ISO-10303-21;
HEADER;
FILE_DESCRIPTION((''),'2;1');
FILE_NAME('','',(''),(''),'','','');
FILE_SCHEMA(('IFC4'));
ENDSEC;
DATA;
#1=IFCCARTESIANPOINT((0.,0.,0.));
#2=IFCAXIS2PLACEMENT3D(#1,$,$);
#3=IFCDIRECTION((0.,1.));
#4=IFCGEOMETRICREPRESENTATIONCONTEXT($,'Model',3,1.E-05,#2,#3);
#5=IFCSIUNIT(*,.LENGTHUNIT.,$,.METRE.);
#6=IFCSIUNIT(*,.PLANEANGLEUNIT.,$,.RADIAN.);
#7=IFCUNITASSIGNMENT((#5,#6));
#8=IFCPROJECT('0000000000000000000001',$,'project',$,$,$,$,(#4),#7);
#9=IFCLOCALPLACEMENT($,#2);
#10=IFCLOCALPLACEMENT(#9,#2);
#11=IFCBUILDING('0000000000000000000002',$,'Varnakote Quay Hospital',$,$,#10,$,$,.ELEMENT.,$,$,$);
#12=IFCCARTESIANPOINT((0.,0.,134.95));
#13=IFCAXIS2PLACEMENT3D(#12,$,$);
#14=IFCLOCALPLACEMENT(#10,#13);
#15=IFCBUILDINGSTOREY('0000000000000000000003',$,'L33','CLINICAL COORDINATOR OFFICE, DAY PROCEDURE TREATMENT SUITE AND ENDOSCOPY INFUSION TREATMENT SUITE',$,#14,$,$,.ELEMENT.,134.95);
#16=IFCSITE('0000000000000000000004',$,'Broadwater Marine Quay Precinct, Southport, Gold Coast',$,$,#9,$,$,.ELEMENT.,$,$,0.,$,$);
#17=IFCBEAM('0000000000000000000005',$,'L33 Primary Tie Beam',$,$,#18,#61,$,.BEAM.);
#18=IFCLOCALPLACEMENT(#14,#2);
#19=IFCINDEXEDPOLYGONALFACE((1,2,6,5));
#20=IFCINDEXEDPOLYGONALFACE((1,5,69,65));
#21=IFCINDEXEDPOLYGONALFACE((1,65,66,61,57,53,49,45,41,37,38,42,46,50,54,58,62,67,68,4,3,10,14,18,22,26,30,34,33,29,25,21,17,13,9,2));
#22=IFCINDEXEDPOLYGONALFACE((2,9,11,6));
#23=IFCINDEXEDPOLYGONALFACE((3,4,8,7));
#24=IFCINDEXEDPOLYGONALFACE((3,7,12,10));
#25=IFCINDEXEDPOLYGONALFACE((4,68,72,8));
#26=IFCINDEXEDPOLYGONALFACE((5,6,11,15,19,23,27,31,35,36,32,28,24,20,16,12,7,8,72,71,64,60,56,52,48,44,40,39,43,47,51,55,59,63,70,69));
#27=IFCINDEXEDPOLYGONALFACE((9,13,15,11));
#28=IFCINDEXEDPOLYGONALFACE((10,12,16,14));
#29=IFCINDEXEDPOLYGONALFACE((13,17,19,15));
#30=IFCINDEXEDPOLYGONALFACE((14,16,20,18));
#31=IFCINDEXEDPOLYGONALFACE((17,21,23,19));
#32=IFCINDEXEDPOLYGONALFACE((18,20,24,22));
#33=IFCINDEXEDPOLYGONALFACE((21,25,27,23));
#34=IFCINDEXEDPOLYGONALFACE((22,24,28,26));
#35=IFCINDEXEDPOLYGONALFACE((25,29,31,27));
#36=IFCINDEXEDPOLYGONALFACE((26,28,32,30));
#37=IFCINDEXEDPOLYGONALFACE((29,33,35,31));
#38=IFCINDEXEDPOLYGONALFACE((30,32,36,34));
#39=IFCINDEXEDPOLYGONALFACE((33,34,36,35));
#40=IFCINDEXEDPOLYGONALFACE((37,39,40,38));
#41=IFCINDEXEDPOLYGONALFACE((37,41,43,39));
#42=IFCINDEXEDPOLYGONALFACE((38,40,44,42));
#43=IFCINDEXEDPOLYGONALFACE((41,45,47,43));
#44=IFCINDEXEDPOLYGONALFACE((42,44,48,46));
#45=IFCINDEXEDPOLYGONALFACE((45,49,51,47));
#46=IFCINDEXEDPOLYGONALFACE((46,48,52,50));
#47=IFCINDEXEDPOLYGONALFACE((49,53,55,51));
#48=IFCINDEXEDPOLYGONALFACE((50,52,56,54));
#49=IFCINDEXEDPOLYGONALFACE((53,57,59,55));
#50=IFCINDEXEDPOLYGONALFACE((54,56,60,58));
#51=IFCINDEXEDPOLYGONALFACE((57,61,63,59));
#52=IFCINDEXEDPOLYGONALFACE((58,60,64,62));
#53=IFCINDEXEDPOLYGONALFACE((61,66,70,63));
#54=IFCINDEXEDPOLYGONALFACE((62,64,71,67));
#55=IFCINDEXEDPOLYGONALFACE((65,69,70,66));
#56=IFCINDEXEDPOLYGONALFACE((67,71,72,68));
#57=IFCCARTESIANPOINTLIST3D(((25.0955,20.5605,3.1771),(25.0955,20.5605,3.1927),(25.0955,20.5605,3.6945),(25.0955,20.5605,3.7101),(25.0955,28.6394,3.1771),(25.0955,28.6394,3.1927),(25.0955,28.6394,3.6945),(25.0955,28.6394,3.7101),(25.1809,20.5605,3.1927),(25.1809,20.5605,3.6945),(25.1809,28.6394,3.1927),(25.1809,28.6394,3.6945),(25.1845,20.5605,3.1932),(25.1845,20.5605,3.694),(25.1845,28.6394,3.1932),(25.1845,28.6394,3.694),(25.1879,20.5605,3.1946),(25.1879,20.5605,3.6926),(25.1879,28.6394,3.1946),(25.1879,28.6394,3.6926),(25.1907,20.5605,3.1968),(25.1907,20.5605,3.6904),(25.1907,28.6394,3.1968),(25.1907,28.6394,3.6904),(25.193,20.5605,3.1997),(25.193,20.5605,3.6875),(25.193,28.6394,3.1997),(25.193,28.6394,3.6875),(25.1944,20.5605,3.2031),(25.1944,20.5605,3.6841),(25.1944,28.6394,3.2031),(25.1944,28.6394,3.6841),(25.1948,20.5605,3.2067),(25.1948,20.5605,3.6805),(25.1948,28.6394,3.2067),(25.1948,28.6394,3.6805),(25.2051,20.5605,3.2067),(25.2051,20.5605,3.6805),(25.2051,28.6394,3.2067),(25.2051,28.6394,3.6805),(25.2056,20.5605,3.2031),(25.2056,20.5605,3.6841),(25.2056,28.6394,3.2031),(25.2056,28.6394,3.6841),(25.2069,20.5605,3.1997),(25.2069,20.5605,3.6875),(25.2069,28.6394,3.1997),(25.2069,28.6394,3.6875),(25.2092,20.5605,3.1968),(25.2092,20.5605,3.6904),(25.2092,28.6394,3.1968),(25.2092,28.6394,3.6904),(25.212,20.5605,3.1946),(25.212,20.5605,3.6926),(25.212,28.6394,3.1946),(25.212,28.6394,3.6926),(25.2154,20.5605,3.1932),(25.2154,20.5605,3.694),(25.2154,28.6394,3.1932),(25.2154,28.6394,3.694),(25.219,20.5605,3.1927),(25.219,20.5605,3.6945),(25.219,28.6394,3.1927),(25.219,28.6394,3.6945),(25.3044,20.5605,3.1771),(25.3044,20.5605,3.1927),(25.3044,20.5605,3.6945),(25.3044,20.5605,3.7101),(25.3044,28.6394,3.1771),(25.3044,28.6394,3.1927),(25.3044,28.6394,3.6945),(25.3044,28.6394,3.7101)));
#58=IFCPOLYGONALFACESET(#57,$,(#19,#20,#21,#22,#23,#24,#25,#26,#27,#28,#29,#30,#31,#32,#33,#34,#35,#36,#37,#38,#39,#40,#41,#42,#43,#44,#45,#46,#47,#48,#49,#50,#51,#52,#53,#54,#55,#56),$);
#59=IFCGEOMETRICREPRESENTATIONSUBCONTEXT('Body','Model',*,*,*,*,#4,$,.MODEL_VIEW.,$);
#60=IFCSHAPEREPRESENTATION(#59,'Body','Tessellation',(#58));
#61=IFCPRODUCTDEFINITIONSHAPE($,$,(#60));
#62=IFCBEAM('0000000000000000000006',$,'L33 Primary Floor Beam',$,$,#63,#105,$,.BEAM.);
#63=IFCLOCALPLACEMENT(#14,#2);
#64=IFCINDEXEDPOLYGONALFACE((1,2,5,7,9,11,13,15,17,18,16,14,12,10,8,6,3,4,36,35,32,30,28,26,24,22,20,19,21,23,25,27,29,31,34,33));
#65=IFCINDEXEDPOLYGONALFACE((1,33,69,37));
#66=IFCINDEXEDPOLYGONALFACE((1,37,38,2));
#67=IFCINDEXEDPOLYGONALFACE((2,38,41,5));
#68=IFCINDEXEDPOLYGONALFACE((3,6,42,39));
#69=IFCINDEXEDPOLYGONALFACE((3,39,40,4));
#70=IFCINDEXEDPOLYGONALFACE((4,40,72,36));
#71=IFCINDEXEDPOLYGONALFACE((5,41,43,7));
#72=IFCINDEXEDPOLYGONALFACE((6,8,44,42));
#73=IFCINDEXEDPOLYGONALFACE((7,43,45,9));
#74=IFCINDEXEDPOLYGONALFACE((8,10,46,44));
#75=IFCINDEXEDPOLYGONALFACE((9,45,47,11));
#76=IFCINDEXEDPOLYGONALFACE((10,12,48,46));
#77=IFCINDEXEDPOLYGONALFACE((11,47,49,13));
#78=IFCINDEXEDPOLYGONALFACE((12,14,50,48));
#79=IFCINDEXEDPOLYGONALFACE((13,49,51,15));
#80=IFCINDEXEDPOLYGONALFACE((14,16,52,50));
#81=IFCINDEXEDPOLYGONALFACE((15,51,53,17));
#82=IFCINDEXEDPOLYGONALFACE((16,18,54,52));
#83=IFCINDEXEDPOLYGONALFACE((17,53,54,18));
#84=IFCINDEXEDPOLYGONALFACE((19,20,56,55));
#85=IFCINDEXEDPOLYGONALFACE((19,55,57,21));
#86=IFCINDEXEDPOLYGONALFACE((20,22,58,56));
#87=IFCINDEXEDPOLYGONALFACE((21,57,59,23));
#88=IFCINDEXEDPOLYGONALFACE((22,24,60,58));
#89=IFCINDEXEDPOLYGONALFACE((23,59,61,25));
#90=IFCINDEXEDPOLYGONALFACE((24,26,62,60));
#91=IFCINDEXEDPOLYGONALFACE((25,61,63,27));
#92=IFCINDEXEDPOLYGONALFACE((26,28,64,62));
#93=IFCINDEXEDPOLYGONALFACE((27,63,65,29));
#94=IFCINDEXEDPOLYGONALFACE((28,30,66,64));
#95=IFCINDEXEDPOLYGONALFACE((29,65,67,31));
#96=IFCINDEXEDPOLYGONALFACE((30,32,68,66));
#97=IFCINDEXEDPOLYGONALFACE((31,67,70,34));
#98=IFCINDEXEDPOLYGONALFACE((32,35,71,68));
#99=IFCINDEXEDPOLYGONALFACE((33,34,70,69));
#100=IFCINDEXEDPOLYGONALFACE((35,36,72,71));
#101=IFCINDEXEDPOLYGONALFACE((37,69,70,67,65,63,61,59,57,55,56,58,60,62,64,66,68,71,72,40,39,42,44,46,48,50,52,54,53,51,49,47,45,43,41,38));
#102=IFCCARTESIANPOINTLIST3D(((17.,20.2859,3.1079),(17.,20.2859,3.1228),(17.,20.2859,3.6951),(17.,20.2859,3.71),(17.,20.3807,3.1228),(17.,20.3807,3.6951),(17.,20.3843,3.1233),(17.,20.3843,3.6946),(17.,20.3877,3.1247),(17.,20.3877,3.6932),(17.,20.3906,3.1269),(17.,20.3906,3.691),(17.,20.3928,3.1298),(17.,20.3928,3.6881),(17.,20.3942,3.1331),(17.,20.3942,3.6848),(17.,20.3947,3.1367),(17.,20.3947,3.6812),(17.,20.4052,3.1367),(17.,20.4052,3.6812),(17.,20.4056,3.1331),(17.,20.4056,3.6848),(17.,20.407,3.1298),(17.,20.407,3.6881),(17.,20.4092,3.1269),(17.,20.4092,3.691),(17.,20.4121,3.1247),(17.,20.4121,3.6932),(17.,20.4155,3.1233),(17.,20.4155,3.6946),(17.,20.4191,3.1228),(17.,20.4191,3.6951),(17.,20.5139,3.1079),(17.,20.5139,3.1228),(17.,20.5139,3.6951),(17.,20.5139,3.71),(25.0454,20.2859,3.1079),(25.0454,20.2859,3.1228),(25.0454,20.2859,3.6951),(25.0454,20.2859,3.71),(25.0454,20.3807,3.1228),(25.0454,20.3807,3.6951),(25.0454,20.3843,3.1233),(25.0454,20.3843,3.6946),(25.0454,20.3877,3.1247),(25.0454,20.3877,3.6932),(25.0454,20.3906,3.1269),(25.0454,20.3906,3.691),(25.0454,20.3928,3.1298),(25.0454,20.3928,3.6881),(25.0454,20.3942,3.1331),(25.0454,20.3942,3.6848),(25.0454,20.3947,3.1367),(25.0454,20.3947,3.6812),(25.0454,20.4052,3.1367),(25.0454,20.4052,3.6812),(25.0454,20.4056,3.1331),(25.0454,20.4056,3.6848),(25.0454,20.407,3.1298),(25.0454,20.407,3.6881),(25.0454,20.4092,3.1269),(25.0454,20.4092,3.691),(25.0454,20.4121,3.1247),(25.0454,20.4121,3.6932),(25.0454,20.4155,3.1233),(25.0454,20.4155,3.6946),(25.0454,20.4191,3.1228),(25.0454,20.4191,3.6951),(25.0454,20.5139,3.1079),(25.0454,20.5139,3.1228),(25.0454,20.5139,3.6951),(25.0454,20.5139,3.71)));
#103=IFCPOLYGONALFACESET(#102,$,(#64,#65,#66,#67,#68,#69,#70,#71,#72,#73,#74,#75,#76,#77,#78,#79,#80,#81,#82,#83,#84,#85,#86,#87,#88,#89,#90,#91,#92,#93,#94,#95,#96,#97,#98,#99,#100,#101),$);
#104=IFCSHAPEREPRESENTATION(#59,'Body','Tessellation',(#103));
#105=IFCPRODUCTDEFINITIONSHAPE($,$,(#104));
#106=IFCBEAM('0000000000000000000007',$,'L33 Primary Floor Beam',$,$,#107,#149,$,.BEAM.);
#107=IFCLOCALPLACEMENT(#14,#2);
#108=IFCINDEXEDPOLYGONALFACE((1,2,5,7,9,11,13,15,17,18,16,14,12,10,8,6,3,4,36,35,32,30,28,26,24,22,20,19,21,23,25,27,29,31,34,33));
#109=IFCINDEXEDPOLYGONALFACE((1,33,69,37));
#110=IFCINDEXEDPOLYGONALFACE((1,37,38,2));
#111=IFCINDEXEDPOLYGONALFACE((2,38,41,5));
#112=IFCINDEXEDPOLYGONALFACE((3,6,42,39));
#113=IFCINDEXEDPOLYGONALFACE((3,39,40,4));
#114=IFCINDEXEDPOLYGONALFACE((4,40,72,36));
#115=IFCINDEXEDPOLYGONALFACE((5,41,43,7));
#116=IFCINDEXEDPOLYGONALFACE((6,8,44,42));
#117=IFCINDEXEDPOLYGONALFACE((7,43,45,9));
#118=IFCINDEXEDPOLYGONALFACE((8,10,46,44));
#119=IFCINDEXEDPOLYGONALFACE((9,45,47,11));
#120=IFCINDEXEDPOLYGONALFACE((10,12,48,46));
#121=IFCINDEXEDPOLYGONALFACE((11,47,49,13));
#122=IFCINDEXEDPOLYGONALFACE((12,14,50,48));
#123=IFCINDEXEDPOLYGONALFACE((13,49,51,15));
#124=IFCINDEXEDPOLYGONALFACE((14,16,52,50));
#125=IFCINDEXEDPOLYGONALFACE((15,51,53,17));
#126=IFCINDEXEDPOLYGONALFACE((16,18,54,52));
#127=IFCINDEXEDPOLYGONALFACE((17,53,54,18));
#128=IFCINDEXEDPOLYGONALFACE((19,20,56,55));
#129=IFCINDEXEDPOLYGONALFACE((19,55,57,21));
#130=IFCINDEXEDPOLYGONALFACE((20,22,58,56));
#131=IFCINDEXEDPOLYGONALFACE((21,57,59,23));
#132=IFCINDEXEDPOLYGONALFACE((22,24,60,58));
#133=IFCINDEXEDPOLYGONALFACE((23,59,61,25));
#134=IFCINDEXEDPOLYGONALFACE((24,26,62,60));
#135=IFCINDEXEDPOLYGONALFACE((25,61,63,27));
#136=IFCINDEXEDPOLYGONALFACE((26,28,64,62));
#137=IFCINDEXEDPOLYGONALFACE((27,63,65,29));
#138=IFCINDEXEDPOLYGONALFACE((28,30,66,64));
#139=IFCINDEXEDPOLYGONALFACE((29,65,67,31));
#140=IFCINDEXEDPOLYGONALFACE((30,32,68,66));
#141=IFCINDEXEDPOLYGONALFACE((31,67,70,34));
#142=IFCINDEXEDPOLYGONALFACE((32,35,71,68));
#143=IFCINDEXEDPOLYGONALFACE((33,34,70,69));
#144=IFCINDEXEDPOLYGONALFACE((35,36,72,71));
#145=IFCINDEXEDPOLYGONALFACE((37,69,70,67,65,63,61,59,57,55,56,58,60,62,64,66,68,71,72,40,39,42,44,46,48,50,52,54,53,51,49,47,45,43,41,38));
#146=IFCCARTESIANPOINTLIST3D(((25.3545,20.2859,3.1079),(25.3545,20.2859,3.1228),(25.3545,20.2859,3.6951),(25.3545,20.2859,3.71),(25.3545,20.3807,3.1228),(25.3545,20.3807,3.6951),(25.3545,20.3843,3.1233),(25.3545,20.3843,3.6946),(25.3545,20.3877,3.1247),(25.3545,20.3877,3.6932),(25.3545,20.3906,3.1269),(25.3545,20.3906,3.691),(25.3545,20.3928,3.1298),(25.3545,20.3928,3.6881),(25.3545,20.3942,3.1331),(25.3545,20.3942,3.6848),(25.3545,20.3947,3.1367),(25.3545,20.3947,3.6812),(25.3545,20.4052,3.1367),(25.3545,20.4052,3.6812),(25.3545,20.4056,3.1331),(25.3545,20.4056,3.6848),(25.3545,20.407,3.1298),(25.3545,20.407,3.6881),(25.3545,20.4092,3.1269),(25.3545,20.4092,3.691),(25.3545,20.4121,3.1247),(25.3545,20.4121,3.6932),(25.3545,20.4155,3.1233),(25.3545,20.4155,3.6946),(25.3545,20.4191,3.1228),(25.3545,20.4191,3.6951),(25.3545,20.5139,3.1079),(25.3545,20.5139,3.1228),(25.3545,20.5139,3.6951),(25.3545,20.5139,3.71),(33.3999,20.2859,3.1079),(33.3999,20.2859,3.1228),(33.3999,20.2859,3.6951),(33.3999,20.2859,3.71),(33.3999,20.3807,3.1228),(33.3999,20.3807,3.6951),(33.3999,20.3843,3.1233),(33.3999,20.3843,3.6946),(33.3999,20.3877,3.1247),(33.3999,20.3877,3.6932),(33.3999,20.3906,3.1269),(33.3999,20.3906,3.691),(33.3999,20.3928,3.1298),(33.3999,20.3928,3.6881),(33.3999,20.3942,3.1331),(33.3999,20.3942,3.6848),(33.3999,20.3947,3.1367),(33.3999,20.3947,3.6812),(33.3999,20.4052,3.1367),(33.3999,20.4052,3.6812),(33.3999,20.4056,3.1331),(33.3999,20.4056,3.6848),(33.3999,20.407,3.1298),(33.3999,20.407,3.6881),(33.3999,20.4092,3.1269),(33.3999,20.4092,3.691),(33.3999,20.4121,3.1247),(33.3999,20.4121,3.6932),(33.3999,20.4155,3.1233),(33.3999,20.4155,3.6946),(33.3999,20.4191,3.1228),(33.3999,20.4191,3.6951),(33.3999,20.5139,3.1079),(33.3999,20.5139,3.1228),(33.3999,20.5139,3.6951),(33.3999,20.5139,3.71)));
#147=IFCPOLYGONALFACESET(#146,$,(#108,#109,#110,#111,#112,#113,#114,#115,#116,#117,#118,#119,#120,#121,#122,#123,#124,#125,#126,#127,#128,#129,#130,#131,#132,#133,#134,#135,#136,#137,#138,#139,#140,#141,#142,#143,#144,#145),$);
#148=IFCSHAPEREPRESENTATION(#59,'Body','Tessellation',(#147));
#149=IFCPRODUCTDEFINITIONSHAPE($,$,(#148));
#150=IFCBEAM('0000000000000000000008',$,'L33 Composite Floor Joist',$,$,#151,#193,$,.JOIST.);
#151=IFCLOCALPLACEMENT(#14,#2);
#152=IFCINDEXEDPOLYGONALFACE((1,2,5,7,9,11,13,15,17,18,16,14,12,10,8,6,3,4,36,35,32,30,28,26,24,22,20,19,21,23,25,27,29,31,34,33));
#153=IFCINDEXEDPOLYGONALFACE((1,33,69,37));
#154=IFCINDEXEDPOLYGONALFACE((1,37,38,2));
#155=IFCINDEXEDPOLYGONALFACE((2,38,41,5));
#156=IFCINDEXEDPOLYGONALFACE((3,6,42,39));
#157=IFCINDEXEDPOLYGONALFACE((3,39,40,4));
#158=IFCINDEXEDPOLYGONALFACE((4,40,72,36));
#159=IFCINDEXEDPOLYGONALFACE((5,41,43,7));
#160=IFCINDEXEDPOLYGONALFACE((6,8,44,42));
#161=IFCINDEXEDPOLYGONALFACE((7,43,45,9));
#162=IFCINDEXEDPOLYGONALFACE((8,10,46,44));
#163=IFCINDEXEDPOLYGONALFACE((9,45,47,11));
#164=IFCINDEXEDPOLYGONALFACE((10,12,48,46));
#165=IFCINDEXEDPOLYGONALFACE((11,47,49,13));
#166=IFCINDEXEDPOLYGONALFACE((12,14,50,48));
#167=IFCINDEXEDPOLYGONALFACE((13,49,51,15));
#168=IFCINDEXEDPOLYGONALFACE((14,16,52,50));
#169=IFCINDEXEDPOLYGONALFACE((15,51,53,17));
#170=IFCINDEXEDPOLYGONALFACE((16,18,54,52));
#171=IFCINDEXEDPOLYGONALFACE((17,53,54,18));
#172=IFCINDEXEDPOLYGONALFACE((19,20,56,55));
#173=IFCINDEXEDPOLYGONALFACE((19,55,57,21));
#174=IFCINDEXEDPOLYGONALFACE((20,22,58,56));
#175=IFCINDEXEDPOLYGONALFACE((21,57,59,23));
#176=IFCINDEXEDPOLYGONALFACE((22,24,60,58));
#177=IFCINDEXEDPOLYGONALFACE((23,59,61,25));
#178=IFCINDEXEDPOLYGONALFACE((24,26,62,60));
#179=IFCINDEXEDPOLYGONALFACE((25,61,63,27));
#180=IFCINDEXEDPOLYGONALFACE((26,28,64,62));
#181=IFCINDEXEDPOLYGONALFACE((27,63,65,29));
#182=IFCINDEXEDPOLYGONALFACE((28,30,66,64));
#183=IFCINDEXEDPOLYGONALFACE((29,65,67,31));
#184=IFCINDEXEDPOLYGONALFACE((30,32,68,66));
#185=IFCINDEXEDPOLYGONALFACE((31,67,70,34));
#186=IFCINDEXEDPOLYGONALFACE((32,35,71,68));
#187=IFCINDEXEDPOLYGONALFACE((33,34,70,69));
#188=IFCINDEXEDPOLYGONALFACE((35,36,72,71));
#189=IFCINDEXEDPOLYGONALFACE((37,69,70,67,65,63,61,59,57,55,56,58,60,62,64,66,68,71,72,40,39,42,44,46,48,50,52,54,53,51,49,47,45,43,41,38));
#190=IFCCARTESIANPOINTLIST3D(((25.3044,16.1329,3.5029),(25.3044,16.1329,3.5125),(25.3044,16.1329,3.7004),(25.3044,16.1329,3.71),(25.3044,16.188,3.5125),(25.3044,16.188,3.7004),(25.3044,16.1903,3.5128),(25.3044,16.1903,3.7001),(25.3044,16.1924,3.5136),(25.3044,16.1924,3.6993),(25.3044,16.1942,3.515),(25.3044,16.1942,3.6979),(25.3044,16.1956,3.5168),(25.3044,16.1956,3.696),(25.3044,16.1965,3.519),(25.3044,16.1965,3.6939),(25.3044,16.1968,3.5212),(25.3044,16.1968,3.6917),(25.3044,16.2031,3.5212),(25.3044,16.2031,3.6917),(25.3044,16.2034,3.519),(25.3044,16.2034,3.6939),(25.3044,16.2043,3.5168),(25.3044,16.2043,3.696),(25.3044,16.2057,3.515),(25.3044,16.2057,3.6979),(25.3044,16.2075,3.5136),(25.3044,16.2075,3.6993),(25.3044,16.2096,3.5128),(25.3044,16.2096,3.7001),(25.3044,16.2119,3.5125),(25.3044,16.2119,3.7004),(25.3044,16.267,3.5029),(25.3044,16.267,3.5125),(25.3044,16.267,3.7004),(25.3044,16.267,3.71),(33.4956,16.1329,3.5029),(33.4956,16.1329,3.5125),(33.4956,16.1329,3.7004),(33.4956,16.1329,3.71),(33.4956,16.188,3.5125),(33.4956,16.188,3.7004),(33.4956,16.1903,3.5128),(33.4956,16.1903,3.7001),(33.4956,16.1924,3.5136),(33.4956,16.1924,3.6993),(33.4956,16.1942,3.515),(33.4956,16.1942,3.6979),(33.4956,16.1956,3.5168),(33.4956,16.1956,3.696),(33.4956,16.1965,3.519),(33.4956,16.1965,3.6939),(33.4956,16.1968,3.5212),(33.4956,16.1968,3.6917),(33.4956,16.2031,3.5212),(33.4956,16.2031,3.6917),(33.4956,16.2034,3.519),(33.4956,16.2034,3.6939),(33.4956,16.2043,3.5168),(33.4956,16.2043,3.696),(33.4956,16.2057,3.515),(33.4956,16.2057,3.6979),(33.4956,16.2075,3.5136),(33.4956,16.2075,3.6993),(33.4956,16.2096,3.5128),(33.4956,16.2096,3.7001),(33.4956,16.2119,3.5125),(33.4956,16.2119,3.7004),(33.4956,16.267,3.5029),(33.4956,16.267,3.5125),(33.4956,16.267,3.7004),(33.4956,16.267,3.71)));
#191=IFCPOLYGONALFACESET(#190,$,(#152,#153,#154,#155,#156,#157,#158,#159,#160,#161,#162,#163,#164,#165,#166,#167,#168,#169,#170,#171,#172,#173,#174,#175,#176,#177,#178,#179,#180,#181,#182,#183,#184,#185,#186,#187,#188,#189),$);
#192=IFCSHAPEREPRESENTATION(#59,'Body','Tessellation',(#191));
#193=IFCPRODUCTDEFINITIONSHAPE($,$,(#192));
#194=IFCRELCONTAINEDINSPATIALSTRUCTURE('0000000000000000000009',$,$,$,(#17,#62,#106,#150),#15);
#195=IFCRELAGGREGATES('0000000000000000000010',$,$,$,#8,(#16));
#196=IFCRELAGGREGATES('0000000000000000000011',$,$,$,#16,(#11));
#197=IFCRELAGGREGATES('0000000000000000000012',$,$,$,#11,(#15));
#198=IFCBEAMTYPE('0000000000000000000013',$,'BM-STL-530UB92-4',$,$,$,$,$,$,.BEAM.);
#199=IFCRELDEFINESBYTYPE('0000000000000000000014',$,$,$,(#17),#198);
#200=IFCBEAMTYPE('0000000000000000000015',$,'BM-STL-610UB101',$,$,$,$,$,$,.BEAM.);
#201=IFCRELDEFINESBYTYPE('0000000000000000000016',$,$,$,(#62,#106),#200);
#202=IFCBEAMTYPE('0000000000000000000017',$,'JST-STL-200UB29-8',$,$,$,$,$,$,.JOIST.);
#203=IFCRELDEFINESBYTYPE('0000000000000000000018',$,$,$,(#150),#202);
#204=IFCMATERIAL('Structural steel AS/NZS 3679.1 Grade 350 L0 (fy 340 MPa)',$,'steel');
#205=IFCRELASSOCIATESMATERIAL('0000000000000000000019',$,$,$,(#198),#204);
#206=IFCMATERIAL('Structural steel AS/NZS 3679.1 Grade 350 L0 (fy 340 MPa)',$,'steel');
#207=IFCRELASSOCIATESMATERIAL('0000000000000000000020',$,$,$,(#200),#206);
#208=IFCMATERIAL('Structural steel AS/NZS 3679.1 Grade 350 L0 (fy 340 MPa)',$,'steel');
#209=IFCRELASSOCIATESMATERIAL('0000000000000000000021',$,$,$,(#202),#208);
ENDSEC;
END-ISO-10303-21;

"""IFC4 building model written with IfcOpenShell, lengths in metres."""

from ifc_helpers import new_model, si_unit, direction, frame, origin, origin_2d, place, context, subcontext, project, spatial, i_section, extrude, material, material_profile, profile_set, type_object, element, save


model = new_model("IFC4")

# Units and contexts
model_context = context("Model", 3, precision=1e-05, world=origin(), true_north=direction((0.0, 1.0)))
body_context = subcontext(model_context, "Body", "Model", "MODEL_VIEW")
ifc_project = project(units=[si_unit("LENGTHUNIT", "METRE"), si_unit("PLANEANGLEUNIT", "RADIAN")], contexts=[model_context])

# Site, building, storey
site_placement = place(None, origin())
site = spatial("IfcSite", under=ifc_project, at=site_placement, Name="Broadwater Marine Quay Precinct, Southport, Gold Coast", CompositionType="ELEMENT", RefElevation=0.0)
building_placement = place(site_placement, origin())
building = spatial("IfcBuilding", under=site, at=building_placement, Name="Varnakote Quay Hospital", CompositionType="ELEMENT")
storey_placement = place(building_placement, frame((0.0, 0.0, 134.95)))
storey = spatial("IfcBuildingStorey", under=building, at=storey_placement, Name="L33", Description="CLINICAL COORDINATOR OFFICE, DAY PROCEDURE TREATMENT SUITE AND ENDOSCOPY INFUSION TREATMENT SUITE", CompositionType="ELEMENT", Elevation=134.95)

# Beams
ifc_material_1 = material(Name="Structural steel AS/NZS 3679.1 Grade 350 L0 (fy 340 MPa)", Category="steel")
ifc_material_profile_1 = material_profile(ifc_material_1, i_section(OverallWidth=0.209, OverallDepth=0.533, WebThickness=0.0103, FlangeThickness=0.0156, FilletRadius=0.0139, at=origin_2d()), Name="530UB92.4")
ifc_profile_set_1 = profile_set([ifc_material_profile_1], Name="Structural steel AS/NZS 3679.1 Grade 350 L0 (fy 340 MPa)")
beam_type_1 = type_object("IfcBeamType", Name="BM-STL-530UB92-4", PredefinedType="BEAM", material=ifc_profile_set_1)
beam_1_placement = place(storey_placement, frame((25.2, 20.5605, 3.4436), z_axis=(0.0, 1.0, 0.0), x_axis=(-1.0, 0.0, 0.0)))
element("IfcBeam", 1, at=beam_1_placement, inside=storey, type_object=beam_type_1, Name="L33 Primary Tie Beam", PredefinedType="BEAM", context=body_context, shape_type="SweptSolid", body=[
    extrude(i_section(OverallWidth=0.209, OverallDepth=0.533, WebThickness=0.0103, FlangeThickness=0.0156, FilletRadius=0.0139, at=origin_2d()), origin(), (0.0, 0.0, 1.0), 8.0789),
])
ifc_material_2 = material(Name="Structural steel AS/NZS 3679.1 Grade 350 L0 (fy 340 MPa)", Category="steel")
ifc_material_profile_2 = material_profile(ifc_material_2, i_section(OverallWidth=0.228, OverallDepth=0.6021, WebThickness=0.0105, FlangeThickness=0.0149, FilletRadius=0.0139, at=origin_2d()), Name="610UB101")
ifc_profile_set_2 = profile_set([ifc_material_profile_2], Name="Structural steel AS/NZS 3679.1 Grade 350 L0 (fy 340 MPa)")
beam_type_2 = type_object("IfcBeamType", Name="BM-STL-610UB101", PredefinedType="BEAM", material=ifc_profile_set_2)
for number, where, z_axis, x_axis, name in (
    (2, (17.0, 20.3999, 3.4089), (1.0, 0.0, 0.0), (0.0, 1.0, 0.0), "L33 Primary Floor Beam"),
    (3, (25.3545, 20.3999, 3.4089), (1.0, 0.0, 0.0), (0.0, 1.0, 0.0), "L33 Primary Floor Beam"),
):
    element("IfcBeam", number, at=place(storey_placement, frame(where, z_axis=z_axis, x_axis=x_axis)), inside=storey, type_object=beam_type_2, Name=name, PredefinedType="BEAM", context=body_context, shape_type="SweptSolid", body=[
        extrude(i_section(OverallWidth=0.228, OverallDepth=0.6021, WebThickness=0.0105, FlangeThickness=0.0149, FilletRadius=0.0139, at=origin_2d()), origin(), (0.0, 0.0, 1.0), 8.0454),
    ])
ifc_material_3 = material(Name="Structural steel AS/NZS 3679.1 Grade 350 L0 (fy 340 MPa)", Category="steel")
ifc_material_profile_3 = material_profile(ifc_material_3, i_section(OverallWidth=0.134, OverallDepth=0.207, WebThickness=0.0063, FlangeThickness=0.0095, FilletRadius=0.0088, at=origin_2d()), Name="200UB29.8")
ifc_profile_set_3 = profile_set([ifc_material_profile_3], Name="Structural steel AS/NZS 3679.1 Grade 350 L0 (fy 340 MPa)")
beam_type_3 = type_object("IfcBeamType", Name="JST-STL-200UB29-8", PredefinedType="JOIST", material=ifc_profile_set_3)
beam_2_placement = place(storey_placement, frame((25.3044, 16.2, 3.6064), z_axis=(1.0, 0.0, 0.0), x_axis=(0.0, 1.0, 0.0)))
element("IfcBeam", 4, at=beam_2_placement, inside=storey, type_object=beam_type_3, Name="L33 Composite Floor Joist", PredefinedType="JOIST", context=body_context, shape_type="SweptSolid", body=[
    extrude(i_section(OverallWidth=0.134, OverallDepth=0.207, WebThickness=0.0063, FlangeThickness=0.0095, FilletRadius=0.0088, at=origin_2d()), origin(), (0.0, 0.0, 1.0), 8.1912),
])

save(model, "model.ifc")
